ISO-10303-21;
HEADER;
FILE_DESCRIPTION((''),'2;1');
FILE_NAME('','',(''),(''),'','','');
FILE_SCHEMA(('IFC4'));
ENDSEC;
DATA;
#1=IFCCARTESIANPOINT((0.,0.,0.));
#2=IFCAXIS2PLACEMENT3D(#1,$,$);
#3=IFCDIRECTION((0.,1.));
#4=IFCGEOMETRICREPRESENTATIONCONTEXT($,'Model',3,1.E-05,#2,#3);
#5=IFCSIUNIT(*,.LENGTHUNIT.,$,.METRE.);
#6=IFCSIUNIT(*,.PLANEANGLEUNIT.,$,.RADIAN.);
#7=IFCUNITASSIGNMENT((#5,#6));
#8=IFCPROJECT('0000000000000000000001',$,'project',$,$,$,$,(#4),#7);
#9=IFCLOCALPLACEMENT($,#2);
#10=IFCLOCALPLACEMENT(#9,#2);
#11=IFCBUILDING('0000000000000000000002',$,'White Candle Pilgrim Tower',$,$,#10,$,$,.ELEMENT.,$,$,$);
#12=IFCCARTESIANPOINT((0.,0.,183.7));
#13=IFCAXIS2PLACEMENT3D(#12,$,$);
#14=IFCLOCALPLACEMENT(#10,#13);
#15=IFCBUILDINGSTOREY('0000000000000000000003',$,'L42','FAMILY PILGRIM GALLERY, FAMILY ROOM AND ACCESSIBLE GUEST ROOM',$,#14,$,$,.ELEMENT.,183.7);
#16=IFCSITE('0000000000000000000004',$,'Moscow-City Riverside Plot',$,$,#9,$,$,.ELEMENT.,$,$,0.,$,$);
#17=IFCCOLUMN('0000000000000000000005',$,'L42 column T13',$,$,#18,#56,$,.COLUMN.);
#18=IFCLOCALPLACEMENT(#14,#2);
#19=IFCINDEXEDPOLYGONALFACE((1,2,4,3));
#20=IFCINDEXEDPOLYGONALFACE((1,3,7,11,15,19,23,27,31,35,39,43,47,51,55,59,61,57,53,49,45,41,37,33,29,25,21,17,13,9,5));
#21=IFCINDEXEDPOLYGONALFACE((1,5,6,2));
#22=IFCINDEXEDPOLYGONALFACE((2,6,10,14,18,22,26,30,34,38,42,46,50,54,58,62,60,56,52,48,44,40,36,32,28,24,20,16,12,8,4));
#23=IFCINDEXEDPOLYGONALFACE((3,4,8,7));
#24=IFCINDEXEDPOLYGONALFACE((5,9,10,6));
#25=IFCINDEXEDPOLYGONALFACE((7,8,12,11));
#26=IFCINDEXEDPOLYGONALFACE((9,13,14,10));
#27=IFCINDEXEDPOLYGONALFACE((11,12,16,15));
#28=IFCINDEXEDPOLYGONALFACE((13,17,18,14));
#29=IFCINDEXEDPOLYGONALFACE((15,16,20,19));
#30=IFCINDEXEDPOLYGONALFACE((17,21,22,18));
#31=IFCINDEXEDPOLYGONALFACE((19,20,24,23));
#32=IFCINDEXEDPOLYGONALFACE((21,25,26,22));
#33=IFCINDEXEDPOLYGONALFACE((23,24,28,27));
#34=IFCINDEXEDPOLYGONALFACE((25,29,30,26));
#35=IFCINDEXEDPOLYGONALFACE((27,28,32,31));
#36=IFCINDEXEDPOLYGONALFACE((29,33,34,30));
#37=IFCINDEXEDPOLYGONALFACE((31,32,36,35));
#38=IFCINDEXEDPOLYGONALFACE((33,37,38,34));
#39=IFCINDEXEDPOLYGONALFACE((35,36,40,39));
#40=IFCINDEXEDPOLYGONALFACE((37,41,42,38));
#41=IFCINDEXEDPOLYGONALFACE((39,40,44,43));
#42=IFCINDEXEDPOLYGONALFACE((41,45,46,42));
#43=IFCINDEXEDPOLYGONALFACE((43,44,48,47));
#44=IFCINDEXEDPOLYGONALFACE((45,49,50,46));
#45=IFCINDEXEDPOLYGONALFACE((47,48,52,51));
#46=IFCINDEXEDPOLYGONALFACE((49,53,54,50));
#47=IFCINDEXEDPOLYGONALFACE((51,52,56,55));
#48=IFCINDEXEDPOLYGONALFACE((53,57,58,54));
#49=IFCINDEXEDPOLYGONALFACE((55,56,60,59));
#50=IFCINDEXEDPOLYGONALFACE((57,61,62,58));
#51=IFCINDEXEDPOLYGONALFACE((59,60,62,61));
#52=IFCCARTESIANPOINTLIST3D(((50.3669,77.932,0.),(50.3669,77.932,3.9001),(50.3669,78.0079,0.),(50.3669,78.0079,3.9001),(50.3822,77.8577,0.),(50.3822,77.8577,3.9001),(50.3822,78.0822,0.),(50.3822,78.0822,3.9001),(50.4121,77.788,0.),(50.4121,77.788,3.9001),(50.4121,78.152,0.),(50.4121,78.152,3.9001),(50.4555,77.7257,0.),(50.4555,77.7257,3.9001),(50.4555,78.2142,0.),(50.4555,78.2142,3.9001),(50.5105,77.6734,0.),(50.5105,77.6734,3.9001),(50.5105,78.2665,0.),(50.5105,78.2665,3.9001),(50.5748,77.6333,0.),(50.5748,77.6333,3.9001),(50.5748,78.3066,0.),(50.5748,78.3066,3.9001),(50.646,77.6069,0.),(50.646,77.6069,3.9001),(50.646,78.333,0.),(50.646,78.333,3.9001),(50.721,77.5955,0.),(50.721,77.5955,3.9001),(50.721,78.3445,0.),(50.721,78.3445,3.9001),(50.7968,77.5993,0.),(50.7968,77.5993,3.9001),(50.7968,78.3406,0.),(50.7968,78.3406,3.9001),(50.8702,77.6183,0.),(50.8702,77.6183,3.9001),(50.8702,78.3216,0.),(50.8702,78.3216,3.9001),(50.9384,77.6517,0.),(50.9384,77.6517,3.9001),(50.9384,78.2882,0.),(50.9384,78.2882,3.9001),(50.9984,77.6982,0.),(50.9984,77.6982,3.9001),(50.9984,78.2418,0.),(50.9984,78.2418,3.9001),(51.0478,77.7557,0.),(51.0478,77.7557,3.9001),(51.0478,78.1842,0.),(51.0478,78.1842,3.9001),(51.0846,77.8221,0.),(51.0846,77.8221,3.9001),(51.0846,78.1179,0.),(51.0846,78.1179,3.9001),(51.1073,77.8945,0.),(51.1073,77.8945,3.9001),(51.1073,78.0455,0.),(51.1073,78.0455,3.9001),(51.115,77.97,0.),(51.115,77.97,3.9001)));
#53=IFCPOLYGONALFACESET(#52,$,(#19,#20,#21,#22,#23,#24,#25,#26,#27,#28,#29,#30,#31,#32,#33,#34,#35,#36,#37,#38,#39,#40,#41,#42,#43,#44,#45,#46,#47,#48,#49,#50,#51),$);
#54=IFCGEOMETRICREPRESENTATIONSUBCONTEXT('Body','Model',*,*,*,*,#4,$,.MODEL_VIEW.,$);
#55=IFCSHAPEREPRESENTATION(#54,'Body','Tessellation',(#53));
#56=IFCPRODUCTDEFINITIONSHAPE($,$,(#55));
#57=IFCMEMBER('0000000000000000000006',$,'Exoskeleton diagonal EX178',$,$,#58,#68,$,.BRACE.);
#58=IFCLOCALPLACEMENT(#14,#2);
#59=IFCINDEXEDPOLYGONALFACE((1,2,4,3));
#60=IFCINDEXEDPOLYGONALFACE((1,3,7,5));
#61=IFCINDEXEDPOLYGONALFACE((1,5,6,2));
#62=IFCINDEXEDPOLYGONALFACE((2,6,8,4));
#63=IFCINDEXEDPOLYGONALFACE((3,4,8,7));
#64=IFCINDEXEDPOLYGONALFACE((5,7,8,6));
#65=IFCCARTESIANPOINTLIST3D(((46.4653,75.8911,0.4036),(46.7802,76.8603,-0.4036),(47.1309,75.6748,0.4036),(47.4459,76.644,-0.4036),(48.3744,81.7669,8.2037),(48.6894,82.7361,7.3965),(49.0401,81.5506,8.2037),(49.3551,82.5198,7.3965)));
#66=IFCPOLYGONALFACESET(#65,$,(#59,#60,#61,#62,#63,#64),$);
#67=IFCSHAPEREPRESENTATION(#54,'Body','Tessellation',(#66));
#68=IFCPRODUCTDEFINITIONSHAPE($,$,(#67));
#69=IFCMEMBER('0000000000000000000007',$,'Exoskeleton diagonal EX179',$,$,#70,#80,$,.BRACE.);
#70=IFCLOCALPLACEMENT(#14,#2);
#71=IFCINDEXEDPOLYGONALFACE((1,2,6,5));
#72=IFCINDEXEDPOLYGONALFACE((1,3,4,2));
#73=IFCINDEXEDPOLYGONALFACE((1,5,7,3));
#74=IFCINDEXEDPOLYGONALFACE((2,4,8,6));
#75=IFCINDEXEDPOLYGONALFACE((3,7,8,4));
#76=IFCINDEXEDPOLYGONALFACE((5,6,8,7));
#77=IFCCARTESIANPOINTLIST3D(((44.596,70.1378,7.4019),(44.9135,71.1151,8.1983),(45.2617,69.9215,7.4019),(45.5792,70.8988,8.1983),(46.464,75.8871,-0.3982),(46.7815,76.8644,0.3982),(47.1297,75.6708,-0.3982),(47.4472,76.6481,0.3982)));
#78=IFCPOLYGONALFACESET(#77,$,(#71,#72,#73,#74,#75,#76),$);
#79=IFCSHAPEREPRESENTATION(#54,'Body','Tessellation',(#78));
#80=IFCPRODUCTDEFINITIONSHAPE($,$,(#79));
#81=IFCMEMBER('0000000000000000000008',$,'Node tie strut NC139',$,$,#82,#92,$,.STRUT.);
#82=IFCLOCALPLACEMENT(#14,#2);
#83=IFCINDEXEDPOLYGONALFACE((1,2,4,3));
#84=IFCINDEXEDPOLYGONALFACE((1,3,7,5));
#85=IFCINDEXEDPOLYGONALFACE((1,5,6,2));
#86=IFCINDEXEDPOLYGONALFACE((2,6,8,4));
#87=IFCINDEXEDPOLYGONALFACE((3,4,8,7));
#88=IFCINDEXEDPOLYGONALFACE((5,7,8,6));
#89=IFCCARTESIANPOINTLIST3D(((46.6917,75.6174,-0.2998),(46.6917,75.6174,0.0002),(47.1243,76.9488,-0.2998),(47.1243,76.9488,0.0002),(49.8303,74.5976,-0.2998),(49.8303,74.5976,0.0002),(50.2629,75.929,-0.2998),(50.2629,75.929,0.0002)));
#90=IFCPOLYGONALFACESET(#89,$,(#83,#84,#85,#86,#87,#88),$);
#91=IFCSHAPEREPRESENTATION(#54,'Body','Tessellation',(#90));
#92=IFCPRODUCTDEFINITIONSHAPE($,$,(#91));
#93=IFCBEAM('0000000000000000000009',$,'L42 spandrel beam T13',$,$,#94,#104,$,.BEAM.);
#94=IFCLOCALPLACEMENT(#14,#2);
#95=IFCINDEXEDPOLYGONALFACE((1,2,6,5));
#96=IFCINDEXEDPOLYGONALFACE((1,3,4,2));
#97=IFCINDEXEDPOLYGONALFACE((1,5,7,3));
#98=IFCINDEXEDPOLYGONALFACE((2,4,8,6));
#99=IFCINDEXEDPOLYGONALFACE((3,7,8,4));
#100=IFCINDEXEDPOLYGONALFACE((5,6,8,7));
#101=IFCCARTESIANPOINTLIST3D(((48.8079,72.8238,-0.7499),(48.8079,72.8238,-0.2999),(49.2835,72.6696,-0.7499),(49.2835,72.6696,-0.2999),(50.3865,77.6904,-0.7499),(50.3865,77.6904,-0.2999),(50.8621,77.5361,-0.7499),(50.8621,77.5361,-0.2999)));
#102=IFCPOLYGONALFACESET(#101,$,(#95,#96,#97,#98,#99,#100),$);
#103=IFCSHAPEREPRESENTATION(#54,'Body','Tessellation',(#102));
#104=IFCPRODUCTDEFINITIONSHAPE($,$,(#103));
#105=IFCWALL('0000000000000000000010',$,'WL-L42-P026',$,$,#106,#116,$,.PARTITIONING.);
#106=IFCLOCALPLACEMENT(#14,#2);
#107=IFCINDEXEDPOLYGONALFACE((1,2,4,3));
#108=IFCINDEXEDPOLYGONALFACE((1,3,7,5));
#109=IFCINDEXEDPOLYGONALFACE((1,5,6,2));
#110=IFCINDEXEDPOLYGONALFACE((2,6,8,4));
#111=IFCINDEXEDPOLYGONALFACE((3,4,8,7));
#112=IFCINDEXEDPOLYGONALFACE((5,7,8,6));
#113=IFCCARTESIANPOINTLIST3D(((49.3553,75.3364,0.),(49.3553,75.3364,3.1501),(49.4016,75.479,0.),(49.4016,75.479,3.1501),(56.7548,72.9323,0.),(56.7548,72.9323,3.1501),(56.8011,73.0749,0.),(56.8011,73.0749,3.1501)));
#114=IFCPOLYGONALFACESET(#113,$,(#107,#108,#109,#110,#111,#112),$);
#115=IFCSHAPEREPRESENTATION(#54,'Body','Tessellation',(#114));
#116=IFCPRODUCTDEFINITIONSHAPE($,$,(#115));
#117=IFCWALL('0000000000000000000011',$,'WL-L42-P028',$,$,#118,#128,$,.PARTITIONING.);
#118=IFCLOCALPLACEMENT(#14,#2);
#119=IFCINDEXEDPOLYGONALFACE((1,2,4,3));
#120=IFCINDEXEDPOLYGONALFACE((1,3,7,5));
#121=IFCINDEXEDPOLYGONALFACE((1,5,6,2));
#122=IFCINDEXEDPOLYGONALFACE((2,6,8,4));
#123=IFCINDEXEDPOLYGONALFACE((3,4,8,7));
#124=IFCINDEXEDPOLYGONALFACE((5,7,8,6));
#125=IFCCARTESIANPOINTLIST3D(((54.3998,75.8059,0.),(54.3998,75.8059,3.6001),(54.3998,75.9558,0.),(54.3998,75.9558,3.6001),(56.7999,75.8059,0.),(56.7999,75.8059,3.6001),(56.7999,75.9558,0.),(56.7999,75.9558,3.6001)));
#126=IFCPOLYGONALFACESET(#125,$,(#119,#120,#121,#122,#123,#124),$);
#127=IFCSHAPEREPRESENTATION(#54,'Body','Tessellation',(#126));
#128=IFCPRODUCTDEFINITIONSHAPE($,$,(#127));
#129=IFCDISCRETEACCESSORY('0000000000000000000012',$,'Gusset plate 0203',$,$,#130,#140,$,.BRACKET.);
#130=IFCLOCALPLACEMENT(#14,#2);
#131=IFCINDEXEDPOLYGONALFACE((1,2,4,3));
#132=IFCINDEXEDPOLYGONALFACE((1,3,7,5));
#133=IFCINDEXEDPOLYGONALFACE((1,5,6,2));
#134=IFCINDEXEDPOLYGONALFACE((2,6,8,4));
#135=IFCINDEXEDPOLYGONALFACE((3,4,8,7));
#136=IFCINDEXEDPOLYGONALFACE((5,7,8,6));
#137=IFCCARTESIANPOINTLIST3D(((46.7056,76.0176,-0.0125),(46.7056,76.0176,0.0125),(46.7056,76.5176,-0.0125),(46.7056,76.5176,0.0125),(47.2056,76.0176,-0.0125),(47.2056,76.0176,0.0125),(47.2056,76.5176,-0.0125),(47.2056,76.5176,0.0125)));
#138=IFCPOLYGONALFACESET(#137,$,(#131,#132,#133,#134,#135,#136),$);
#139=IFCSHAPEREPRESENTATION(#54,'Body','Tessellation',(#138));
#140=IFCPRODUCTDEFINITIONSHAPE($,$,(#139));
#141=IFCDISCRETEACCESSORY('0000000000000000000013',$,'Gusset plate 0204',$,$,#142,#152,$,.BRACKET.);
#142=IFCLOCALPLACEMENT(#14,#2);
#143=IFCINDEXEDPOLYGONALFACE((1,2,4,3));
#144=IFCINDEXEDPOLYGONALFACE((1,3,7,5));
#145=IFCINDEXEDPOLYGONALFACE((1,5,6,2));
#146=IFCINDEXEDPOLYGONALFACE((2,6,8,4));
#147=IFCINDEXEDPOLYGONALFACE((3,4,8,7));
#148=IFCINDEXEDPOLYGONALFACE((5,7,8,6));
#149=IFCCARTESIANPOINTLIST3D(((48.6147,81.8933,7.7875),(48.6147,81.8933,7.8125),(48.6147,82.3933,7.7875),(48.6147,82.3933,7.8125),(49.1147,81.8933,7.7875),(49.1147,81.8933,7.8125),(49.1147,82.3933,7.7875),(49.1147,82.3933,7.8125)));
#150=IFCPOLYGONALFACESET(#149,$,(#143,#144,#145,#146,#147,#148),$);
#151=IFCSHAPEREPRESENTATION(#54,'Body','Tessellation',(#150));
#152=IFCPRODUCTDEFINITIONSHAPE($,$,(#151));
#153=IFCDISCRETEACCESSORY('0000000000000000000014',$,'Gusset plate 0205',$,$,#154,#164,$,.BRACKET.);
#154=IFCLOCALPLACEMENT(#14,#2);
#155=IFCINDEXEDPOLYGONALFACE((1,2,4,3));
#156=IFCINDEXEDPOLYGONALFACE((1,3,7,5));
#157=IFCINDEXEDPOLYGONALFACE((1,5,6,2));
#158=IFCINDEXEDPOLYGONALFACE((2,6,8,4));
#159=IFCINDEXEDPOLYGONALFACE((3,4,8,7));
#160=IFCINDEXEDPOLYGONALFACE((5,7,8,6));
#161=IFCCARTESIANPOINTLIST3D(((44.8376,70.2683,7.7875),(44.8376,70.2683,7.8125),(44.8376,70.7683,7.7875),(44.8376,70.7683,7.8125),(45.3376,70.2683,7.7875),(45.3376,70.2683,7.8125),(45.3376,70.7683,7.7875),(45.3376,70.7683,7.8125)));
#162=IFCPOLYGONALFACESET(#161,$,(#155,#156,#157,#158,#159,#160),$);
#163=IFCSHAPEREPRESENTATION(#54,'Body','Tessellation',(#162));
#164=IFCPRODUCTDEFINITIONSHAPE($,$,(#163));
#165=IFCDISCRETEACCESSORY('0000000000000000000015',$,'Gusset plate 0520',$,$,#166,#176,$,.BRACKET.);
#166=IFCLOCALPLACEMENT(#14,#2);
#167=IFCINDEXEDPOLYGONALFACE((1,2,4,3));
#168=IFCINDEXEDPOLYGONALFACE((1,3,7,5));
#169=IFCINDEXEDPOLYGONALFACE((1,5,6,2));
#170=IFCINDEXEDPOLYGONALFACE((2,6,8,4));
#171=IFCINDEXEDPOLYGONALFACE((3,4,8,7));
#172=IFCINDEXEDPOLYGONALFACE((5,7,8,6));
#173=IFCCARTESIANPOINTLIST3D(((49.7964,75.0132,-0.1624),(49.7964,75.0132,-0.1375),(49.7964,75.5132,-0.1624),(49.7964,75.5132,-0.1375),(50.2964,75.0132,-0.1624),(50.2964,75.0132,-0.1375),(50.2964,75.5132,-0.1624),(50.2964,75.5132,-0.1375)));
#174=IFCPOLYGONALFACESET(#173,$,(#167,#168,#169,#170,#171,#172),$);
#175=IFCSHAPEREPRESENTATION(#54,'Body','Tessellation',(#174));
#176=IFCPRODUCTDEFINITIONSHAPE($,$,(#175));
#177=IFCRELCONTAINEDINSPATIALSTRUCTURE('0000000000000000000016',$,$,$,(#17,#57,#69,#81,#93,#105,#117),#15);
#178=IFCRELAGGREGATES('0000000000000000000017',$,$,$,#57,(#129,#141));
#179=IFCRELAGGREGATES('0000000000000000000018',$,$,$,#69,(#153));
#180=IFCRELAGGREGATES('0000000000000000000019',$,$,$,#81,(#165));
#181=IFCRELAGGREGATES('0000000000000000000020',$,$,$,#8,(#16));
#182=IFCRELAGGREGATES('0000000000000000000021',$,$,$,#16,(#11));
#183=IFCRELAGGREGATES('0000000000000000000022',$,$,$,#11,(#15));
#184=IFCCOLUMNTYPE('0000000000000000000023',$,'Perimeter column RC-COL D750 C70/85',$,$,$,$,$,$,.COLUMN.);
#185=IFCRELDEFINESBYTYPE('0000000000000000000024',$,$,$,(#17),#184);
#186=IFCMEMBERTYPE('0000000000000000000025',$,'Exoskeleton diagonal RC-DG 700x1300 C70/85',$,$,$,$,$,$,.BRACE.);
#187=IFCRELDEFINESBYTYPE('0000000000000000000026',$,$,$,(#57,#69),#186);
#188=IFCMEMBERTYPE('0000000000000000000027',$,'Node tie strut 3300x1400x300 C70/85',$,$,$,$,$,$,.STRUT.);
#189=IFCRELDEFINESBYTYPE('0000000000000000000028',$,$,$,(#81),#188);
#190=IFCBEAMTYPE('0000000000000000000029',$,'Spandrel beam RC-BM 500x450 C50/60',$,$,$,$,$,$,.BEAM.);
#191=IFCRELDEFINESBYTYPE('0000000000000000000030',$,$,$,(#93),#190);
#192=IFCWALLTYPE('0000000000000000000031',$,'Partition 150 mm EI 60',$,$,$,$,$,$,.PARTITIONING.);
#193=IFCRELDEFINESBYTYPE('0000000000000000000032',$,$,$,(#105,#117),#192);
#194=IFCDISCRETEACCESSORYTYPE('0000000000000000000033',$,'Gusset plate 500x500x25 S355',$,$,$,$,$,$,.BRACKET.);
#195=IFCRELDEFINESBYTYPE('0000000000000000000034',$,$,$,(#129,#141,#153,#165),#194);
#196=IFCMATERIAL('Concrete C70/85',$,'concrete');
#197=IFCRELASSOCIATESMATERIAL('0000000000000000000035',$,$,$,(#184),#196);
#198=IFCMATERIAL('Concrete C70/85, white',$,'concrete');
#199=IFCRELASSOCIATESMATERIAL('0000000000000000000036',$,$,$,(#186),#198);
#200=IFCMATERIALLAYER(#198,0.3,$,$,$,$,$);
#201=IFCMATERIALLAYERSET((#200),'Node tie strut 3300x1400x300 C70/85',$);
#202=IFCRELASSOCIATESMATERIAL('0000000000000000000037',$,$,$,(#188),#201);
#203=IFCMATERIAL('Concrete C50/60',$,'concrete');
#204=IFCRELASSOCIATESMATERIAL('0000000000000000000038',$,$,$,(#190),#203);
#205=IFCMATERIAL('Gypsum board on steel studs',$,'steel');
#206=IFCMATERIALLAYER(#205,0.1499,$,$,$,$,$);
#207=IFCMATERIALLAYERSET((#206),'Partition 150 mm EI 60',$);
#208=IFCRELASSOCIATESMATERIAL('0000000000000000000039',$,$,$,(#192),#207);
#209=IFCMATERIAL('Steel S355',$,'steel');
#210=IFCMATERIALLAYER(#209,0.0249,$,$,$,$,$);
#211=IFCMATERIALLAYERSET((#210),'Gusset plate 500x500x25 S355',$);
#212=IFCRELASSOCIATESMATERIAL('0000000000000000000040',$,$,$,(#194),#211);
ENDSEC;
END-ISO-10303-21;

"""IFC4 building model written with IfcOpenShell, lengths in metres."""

from ifc_helpers import new_model, si_unit, direction, frame, frame_2d, origin, origin_2d, place, context, subcontext, project, spatial, rectangle, circle, extrude, material, layer, layer_set, material_profile, profile_set, type_object, element, aggregate, save


model = new_model("IFC4")

# Units and contexts
model_context = context("Model", 3, precision=1e-05, world=origin(), true_north=direction((0.0, 1.0)))
body_context = subcontext(model_context, "Body", "Model", "MODEL_VIEW")
ifc_project = project(units=[si_unit("LENGTHUNIT", "METRE"), si_unit("PLANEANGLEUNIT", "RADIAN")], contexts=[model_context])

# Site, building, storey
site_placement = place(None, origin())
site = spatial("IfcSite", under=ifc_project, at=site_placement, Name="Moscow-City Riverside Plot", CompositionType="ELEMENT", RefElevation=0.0)
building_placement = place(site_placement, origin())
building = spatial("IfcBuilding", under=site, at=building_placement, Name="White Candle Pilgrim Tower", CompositionType="ELEMENT")
storey_placement = place(building_placement, frame((0.0, 0.0, 183.7)))
storey = spatial("IfcBuildingStorey", under=building, at=storey_placement, Name="L42", Description="FAMILY PILGRIM GALLERY, FAMILY ROOM AND ACCESSIBLE GUEST ROOM", CompositionType="ELEMENT", Elevation=183.7)

# Column
ifc_material_1 = material(Name="Concrete C70/85", Category="concrete")
ifc_material_profile_1 = material_profile(ifc_material_1, circle(Radius=0.375, at=origin_2d()), Name="RC-COL D750")
ifc_profile_set_1 = profile_set([ifc_material_profile_1], Name="Concrete C70/85")
column_type = type_object("IfcColumnType", Name="Perimeter column RC-COL D750 C70/85", PredefinedType="COLUMN", material=ifc_profile_set_1)
column_placement = place(storey_placement, frame((50.74, 77.97, 0.0), z_axis=(0.0, 0.0, 1.0), x_axis=(1.0, 0.0, 0.0)))
element("IfcColumn", 1, at=column_placement, inside=storey, type_object=column_type, Name="L42 column T13", PredefinedType="COLUMN", context=body_context, shape_type="SweptSolid", body=[
    extrude(circle(Radius=0.375, at=origin_2d()), origin(), (0.0, 0.0, 1.0), 3.9001),
])

# Members
ifc_material_2 = material(Name="Concrete C70/85, white", Category="concrete")
ifc_material_profile_2 = material_profile(ifc_material_2, rectangle(XDim=0.7, YDim=1.3, at=origin_2d()), Name="RC-DG 700x1300")
ifc_profile_set_2 = profile_set([ifc_material_profile_2], Name="Concrete C70/85, white")
member_type_1 = type_object("IfcMemberType", Name="Exoskeleton diagonal RC-DG 700x1300 C70/85", PredefinedType="BRACE", material=ifc_profile_set_2)
member_1_placement = place(storey_placement, frame((46.9556, 76.2676, 0.0), z_axis=(0.19187, 0.590504, 0.783895), x_axis=(-0.951055, 0.309023, 0.0)))
member_1 = element("IfcMember", 2, at=member_1_placement, inside=storey, type_object=member_type_1, Name="Exoskeleton diagonal EX178", PredefinedType="BRACE", context=body_context, shape_type="SweptSolid", body=[
    extrude(rectangle(XDim=0.7, YDim=1.3, at=origin_2d()), origin(), (0.0, 0.0, 1.0), 9.9504),
])
member_2_placement = place(storey_placement, frame((46.9556, 76.2676, 0.0), z_axis=(-0.189284, -0.582598, 0.790412), x_axis=(0.951063, -0.308997, 0.0)))
member_2 = element("IfcMember", 3, at=member_2_placement, inside=storey, type_object=member_type_1, Name="Exoskeleton diagonal EX179", PredefinedType="BRACE", context=body_context, shape_type="SweptSolid", body=[
    extrude(rectangle(XDim=0.7, YDim=1.3, at=origin_2d()), origin(), (0.0, 0.0, 1.0), 9.8684),
])
ifc_layer_1 = layer(ifc_material_2, 0.3)
ifc_layer_set_1 = layer_set([ifc_layer_1], Name="Node tie strut 3300x1400x300 C70/85")
member_type_2 = type_object("IfcMemberType", Name="Node tie strut 3300x1400x300 C70/85", PredefinedType="STRUT", material=ifc_layer_set_1)
member_3_placement = place(storey_placement, frame((48.4773, 75.7732, -0.2998), z_axis=(0.0, 0.0, 1.0), x_axis=(-0.309017, -0.951057, 0.0)))
member_3 = element("IfcMember", 4, at=member_3_placement, inside=storey, type_object=member_type_2, Name="Node tie strut NC139", PredefinedType="STRUT", context=body_context, shape_type="SweptSolid", body=[
    extrude(rectangle(XDim=1.3999, YDim=3.3, at=origin_2d()), origin(), (0.0, 0.0, 1.0), 0.3),
])

# Beam
ifc_material_3 = material(Name="Concrete C50/60", Category="concrete")
ifc_material_profile_3 = material_profile(ifc_material_3, rectangle(XDim=0.5, YDim=0.45, at=origin_2d()), Name="RC-BM 500x450")
ifc_profile_set_3 = profile_set([ifc_material_profile_3], Name="Concrete C50/60")
beam_type = type_object("IfcBeamType", Name="Spandrel beam RC-BM 500x450 C50/60", PredefinedType="BEAM", material=ifc_profile_set_3)
beam_placement = place(storey_placement, frame((50.6243, 77.6133, -0.5249), z_axis=(-0.308544, -0.95121, 0.0), x_axis=(0.95121, -0.308544, 0.0)))
element("IfcBeam", 5, at=beam_placement, inside=storey, type_object=beam_type, Name="L42 spandrel beam T13", PredefinedType="BEAM", context=body_context, shape_type="SweptSolid", body=[
    extrude(rectangle(XDim=0.5, YDim=0.45, at=origin_2d()), origin(), (0.0, 0.0, 1.0), 5.1162),
])

# Walls
ifc_material_4 = material(Name="Gypsum board on steel studs", Category="steel")
ifc_layer_2 = layer(ifc_material_4, 0.1499)
ifc_layer_set_2 = layer_set([ifc_layer_2], Name="Partition 150 mm EI 60")
wall_type = type_object("IfcWallType", Name="Partition 150 mm EI 60", PredefinedType="PARTITIONING", material=ifc_layer_set_2)
wall_1_placement = place(storey_placement, frame((49.3784, 75.4077, 0.0), z_axis=(0.0, 0.0, 1.0), x_axis=(0.951063, -0.308998, 0.0)))
element("IfcWall", 6, at=wall_1_placement, inside=storey, type_object=wall_type, Name="WL-L42-P026", PredefinedType="PARTITIONING", context=body_context, shape_type="SweptSolid", body=[
    extrude(rectangle(XDim=7.7803, YDim=0.1499, at=frame_2d((3.8901, 0.0))), origin(), (0.0, 0.0, 1.0), 3.1501),
])
wall_2_placement = place(storey_placement, frame((56.8, 75.8809, 0.0), z_axis=(0.0, 0.0, 1.0), x_axis=(-1.0, 0.0, 0.0)))
element("IfcWall", 7, at=wall_2_placement, inside=storey, type_object=wall_type, Name="WL-L42-P028", PredefinedType="PARTITIONING", context=body_context, shape_type="SweptSolid", body=[
    extrude(rectangle(XDim=2.4001, YDim=0.1499, at=frame_2d((1.2002, 0.0))), origin(), (0.0, 0.0, 1.0), 3.6001),
])

# Discrete accessories
ifc_material_5 = material(Name="Steel S355", Category="steel")
ifc_layer_3 = layer(ifc_material_5, 0.0249)
ifc_layer_set_3 = layer_set([ifc_layer_3], Name="Gusset plate 500x500x25 S355")
discrete_accessory_type = type_object("IfcDiscreteAccessoryType", Name="Gusset plate 500x500x25 S355", PredefinedType="BRACKET", material=ifc_layer_set_3)
discrete_accessory_1_placement = place(storey_placement, frame((46.9556, 76.2676, -0.0125), z_axis=(0.0, 0.0, 1.0), x_axis=(1.0, 0.0, 0.0)))
discrete_accessory_1 = element("IfcDiscreteAccessory", 8, at=discrete_accessory_1_placement, type_object=discrete_accessory_type, Name="Gusset plate 0203", PredefinedType="BRACKET", context=body_context, shape_type="SweptSolid", body=[
    extrude(rectangle(XDim=0.5, YDim=0.5, at=origin_2d()), origin(), (0.0, 0.0, 1.0), 0.0249),
])
placement = place(building_placement, frame((0.0, 0.0, 191.5)))
discrete_accessory_2_placement = place(placement, frame((48.8647, 82.1433, -0.0125), z_axis=(0.0, 0.0, 1.0), x_axis=(1.0, 0.0, 0.0)))
discrete_accessory_2 = element("IfcDiscreteAccessory", 9, at=discrete_accessory_2_placement, type_object=discrete_accessory_type, Name="Gusset plate 0204", PredefinedType="BRACKET", context=body_context, shape_type="SweptSolid", body=[
    extrude(rectangle(XDim=0.5, YDim=0.5, at=origin_2d()), origin(), (0.0, 0.0, 1.0), 0.0249),
])
aggregate(member_1, [discrete_accessory_1, discrete_accessory_2])
discrete_accessory_3_placement = place(placement, frame((45.0876, 70.5183, -0.0125), z_axis=(0.0, 0.0, 1.0), x_axis=(1.0, 0.0, 0.0)))
discrete_accessory_3 = element("IfcDiscreteAccessory", 10, at=discrete_accessory_3_placement, type_object=discrete_accessory_type, Name="Gusset plate 0205", PredefinedType="BRACKET", context=body_context, shape_type="SweptSolid", body=[
    extrude(rectangle(XDim=0.5, YDim=0.5, at=origin_2d()), origin(), (0.0, 0.0, 1.0), 0.0249),
])
aggregate(member_2, [discrete_accessory_3])
discrete_accessory_4_placement = place(storey_placement, frame((50.0464, 75.2632, -0.1624), z_axis=(0.0, 0.0, 1.0), x_axis=(1.0, 0.0, 0.0)))
discrete_accessory_4 = element("IfcDiscreteAccessory", 11, at=discrete_accessory_4_placement, type_object=discrete_accessory_type, Name="Gusset plate 0520", PredefinedType="BRACKET", context=body_context, shape_type="SweptSolid", body=[
    extrude(rectangle(XDim=0.5, YDim=0.5, at=origin_2d()), origin(), (0.0, 0.0, 1.0), 0.0249),
])
aggregate(member_3, [discrete_accessory_4])

save(model, "model.ifc")
